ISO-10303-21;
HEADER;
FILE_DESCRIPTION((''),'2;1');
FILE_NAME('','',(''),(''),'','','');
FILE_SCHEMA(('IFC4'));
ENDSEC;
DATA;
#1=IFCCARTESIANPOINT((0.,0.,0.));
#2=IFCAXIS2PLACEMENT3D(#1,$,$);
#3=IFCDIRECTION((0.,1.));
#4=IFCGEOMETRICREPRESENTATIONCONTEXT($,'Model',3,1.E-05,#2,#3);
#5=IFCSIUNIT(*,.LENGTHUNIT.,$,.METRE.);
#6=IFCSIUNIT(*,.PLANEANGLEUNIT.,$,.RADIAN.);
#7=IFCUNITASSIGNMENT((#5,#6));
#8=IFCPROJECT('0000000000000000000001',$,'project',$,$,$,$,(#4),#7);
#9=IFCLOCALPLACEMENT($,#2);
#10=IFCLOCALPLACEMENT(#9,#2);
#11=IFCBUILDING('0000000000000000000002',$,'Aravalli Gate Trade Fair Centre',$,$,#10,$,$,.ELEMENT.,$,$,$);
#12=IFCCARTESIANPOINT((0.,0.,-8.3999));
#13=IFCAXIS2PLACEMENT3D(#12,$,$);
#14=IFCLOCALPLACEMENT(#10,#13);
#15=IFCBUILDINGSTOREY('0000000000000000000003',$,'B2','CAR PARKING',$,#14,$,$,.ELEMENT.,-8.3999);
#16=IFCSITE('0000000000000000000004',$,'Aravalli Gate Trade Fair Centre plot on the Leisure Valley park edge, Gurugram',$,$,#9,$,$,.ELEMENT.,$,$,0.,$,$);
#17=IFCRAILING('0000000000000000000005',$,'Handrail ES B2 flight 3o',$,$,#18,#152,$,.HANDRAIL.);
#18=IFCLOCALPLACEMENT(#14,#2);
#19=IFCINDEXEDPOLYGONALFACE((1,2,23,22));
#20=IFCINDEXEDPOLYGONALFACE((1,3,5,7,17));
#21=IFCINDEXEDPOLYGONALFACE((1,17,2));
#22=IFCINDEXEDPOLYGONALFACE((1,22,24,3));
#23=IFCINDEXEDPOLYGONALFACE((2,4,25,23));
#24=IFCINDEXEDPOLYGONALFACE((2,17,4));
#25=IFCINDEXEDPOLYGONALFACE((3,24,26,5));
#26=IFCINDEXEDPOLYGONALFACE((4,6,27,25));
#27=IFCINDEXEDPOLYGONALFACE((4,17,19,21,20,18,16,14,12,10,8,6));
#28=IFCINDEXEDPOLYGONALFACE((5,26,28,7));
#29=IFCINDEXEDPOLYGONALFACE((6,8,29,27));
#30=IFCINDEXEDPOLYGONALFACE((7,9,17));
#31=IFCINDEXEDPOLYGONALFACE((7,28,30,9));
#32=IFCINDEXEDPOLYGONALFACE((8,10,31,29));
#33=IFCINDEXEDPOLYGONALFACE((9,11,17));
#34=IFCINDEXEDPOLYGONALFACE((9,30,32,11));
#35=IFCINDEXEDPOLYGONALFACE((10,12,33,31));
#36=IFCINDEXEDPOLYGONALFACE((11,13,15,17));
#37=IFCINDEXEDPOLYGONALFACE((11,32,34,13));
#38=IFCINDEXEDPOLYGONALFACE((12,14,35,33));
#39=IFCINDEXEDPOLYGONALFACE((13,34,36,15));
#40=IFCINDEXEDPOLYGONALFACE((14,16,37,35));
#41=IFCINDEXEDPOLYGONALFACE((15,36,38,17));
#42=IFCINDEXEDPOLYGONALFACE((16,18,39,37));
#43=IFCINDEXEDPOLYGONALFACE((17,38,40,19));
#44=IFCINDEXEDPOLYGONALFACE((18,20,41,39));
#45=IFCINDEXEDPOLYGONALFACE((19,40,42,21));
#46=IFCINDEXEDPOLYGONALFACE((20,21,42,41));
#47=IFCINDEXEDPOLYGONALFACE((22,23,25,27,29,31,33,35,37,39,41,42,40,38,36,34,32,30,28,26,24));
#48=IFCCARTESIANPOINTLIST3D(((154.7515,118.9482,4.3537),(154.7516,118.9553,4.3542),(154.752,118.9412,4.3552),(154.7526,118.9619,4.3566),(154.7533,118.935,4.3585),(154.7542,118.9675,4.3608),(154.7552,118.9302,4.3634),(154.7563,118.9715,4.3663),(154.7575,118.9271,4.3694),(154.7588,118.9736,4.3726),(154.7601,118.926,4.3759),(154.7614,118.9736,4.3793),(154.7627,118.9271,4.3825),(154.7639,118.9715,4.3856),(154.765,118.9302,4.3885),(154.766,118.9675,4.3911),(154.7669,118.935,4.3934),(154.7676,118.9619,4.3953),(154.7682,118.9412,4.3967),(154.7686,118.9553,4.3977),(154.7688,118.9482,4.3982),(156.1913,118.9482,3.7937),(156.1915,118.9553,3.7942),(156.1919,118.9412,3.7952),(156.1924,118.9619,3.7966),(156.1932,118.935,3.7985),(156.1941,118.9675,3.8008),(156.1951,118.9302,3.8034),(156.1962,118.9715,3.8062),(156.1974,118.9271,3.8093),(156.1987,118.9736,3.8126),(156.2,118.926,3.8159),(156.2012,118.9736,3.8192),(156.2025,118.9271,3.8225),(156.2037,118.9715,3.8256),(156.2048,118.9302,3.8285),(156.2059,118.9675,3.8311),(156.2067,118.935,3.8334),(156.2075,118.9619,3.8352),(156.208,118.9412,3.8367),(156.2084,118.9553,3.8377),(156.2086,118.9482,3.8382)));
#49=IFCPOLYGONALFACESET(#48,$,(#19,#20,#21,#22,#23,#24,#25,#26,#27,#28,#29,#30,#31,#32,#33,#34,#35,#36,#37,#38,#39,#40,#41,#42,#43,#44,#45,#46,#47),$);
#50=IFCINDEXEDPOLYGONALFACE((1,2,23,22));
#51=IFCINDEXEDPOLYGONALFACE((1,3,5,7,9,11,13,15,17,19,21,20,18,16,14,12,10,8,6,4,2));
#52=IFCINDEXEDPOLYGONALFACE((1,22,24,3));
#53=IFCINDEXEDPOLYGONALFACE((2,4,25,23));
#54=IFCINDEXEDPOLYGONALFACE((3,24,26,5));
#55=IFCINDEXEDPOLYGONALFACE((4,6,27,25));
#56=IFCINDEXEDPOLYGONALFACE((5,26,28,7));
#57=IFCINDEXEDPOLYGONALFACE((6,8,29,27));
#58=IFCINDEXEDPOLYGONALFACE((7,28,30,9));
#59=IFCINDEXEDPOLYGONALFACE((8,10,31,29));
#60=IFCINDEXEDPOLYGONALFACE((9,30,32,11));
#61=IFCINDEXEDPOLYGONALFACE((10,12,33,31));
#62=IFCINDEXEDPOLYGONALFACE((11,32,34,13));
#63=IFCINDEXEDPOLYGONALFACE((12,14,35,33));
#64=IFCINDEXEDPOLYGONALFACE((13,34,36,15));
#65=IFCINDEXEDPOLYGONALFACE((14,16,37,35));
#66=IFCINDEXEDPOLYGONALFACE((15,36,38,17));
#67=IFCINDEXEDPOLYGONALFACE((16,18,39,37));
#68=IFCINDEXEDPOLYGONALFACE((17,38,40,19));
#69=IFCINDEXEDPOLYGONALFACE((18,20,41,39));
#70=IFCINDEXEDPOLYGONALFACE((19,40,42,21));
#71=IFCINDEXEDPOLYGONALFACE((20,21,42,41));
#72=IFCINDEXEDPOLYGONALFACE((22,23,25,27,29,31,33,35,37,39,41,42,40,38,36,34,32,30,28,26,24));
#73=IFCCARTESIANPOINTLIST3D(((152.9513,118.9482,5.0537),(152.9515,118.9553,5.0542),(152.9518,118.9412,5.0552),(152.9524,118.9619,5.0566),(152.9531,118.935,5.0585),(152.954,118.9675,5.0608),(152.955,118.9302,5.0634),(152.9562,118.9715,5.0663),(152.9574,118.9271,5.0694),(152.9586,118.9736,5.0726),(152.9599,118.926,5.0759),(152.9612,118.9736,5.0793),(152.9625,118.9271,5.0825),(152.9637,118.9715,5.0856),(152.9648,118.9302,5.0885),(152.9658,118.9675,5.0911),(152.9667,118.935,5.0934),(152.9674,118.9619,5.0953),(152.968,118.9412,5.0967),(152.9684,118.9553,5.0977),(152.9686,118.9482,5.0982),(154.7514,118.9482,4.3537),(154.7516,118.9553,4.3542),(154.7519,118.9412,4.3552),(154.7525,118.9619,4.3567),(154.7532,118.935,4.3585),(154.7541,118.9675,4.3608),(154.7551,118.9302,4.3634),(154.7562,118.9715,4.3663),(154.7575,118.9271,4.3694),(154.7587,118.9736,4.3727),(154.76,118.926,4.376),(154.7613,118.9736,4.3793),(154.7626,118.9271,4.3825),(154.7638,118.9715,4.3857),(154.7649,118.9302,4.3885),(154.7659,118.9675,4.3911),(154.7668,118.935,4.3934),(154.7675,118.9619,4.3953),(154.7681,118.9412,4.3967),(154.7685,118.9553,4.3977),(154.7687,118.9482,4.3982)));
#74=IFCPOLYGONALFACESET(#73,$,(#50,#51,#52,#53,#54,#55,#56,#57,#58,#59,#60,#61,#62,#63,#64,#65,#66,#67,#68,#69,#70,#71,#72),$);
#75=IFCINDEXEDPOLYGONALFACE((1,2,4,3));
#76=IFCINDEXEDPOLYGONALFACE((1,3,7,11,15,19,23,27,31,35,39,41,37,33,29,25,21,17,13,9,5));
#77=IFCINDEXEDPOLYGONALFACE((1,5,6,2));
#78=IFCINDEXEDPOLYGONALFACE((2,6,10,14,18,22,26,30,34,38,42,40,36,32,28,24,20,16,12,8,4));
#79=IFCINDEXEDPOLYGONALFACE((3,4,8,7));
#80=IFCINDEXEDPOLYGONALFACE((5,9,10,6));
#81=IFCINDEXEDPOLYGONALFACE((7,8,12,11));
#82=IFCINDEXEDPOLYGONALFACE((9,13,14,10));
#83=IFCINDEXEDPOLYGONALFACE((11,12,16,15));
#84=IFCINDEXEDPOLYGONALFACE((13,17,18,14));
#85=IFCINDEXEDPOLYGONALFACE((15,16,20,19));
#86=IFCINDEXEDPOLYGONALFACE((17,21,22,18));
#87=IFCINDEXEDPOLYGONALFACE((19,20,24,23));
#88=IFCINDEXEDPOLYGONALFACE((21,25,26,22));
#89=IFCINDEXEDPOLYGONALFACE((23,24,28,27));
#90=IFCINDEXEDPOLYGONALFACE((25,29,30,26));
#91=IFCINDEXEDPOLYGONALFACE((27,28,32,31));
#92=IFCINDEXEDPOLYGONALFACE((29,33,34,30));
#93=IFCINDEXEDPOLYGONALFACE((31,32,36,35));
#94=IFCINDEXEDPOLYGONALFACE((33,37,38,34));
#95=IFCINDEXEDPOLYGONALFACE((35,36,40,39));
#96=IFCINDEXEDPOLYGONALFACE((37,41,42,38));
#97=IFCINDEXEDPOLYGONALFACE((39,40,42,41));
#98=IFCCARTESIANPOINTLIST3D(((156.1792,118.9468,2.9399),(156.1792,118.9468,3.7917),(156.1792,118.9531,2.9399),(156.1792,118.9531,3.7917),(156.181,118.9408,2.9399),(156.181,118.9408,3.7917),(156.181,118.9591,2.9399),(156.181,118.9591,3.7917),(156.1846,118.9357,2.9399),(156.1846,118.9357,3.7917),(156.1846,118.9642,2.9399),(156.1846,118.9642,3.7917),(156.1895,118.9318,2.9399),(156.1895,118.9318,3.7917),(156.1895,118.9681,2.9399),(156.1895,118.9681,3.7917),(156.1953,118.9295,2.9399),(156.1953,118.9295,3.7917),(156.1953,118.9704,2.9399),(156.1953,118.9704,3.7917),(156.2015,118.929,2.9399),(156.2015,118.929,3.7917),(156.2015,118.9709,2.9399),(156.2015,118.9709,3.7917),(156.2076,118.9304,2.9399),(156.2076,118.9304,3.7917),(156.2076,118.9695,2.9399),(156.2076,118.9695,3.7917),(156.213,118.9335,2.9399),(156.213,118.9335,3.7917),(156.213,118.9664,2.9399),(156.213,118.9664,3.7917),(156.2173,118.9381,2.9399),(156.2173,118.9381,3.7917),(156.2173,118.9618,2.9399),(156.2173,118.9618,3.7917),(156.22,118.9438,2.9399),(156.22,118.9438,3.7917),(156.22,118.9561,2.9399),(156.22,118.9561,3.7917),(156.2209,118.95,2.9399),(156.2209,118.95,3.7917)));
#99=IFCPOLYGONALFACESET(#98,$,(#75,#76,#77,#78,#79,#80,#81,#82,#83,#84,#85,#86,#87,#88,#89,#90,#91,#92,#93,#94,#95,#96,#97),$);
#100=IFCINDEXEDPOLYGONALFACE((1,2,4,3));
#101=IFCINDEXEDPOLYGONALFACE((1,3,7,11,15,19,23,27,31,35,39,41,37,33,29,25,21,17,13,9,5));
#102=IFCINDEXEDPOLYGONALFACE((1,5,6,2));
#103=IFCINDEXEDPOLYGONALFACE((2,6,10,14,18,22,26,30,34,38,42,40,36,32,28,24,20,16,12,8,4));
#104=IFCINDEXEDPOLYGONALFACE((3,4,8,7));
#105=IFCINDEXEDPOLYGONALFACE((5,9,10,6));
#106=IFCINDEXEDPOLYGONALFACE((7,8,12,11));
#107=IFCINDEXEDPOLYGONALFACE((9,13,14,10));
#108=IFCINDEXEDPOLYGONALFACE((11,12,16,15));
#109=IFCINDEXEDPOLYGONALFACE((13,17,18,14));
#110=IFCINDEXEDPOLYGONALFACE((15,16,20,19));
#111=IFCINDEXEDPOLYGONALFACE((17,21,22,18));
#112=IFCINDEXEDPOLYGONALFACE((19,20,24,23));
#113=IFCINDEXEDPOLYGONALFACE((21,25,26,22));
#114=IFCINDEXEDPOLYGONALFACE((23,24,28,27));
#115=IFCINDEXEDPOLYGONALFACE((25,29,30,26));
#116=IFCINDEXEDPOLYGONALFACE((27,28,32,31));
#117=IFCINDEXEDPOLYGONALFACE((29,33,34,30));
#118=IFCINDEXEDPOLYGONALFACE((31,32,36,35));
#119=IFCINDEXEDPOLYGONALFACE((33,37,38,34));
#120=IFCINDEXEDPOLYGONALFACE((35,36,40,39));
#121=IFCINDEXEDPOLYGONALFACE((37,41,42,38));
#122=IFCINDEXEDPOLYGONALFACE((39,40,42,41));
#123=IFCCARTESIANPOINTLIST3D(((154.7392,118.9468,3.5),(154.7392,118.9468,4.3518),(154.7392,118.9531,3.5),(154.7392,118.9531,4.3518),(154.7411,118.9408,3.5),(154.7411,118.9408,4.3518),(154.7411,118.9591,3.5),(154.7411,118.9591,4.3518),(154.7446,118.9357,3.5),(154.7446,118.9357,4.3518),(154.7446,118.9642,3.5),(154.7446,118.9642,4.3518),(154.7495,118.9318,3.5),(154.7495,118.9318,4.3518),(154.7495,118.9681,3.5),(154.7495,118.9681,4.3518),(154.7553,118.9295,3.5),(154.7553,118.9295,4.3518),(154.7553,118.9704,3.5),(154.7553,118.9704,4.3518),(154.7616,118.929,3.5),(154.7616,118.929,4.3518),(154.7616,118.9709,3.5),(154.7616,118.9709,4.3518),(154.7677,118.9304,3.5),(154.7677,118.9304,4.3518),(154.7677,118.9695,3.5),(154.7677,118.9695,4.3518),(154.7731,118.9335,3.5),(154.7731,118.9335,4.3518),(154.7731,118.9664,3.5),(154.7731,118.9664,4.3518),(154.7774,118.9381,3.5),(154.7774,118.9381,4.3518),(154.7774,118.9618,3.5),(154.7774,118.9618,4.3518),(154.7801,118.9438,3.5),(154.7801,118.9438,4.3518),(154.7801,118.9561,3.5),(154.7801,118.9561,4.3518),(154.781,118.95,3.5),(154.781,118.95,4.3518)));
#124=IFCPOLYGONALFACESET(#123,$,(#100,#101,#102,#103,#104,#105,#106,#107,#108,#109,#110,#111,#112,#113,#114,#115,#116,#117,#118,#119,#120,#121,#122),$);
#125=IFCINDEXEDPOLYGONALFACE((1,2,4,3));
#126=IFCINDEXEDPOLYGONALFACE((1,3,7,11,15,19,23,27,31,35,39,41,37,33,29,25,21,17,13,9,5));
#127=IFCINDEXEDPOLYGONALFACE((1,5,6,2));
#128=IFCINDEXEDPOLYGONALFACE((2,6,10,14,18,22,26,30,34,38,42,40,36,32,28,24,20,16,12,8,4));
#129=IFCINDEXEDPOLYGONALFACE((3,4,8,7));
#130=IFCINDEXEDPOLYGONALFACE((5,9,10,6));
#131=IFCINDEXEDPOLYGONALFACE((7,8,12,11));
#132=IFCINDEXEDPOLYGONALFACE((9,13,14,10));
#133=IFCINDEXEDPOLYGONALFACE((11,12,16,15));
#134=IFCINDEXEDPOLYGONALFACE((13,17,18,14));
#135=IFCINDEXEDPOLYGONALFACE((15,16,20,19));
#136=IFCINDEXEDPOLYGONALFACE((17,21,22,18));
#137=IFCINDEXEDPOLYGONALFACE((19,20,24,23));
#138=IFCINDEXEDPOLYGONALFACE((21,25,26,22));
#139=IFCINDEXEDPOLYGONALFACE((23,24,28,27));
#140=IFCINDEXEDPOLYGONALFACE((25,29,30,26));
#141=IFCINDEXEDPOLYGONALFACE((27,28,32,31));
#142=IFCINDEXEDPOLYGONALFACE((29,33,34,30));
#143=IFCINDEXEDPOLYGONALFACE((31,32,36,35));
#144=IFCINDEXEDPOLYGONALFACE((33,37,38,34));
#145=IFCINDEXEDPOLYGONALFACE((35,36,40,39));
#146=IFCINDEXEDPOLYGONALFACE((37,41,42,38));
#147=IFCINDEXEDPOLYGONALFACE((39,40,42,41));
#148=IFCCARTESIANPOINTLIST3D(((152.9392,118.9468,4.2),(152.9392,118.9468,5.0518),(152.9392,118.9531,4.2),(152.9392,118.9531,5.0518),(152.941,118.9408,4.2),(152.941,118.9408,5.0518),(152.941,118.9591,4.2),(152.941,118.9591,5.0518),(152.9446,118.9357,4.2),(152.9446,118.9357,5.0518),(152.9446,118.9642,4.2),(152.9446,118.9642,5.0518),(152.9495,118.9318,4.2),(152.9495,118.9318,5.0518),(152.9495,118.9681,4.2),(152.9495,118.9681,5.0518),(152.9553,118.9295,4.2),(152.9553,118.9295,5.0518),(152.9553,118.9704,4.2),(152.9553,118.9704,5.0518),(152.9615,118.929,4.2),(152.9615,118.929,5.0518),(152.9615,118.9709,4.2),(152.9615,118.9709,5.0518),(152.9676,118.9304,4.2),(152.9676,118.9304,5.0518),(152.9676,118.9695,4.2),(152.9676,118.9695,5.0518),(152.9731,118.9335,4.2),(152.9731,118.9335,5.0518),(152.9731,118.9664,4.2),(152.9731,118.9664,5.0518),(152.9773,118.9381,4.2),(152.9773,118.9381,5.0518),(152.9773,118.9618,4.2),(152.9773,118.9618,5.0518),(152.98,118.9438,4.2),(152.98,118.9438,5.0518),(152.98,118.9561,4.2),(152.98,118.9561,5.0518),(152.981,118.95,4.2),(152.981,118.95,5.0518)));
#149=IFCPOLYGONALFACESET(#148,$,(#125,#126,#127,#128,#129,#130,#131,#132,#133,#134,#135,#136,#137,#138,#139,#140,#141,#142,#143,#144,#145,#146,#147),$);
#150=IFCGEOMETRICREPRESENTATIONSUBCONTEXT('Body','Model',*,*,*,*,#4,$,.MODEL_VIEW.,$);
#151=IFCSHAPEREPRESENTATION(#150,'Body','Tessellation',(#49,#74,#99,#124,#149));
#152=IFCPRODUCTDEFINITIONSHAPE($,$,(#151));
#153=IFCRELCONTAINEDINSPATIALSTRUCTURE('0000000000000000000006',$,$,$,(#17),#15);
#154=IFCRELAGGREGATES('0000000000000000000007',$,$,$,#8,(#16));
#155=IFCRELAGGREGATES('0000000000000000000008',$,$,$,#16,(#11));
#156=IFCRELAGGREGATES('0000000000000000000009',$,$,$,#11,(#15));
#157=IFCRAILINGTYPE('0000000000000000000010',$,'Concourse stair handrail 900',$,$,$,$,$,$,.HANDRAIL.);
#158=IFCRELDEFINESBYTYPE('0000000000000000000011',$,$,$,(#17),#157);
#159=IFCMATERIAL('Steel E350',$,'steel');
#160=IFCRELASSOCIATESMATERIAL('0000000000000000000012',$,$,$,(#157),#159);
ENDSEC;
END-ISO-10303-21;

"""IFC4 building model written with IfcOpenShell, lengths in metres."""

from ifc_helpers import new_model, si_unit, direction, frame, origin, origin_2d, place, context, subcontext, project, spatial, circle, extrude, material, type_object, element, save


model = new_model("IFC4")

# Units and contexts
model_context = context("Model", 3, precision=1e-05, world=origin(), true_north=direction((0.0, 1.0)))
body_context = subcontext(model_context, "Body", "Model", "MODEL_VIEW")
ifc_project = project(units=[si_unit("LENGTHUNIT", "METRE"), si_unit("PLANEANGLEUNIT", "RADIAN")], contexts=[model_context])

# Site, building, storey
site_placement = place(None, origin())
site = spatial("IfcSite", under=ifc_project, at=site_placement, Name="Aravalli Gate Trade Fair Centre plot on the Leisure Valley park edge, Gurugram", CompositionType="ELEMENT", RefElevation=0.0)
building_placement = place(site_placement, origin())
building = spatial("IfcBuilding", under=site, at=building_placement, Name="Aravalli Gate Trade Fair Centre", CompositionType="ELEMENT")
storey_placement = place(building_placement, frame((0.0, 0.0, -8.3999)))
storey = spatial("IfcBuildingStorey", under=building, at=storey_placement, Name="B2", Description="CAR PARKING", CompositionType="ELEMENT", Elevation=-8.3999)

# Shared definitions
ifc_material_1 = material(Name="Steel E350", Category="steel")

# Railing
railing_type = type_object("IfcRailingType", Name="Concourse stair handrail 900", PredefinedType="HANDRAIL", material=ifc_material_1)
for number, where, name in (
    (1, (156.2, 118.95, 2.9399), "Handrail ES B2 flight 3o"),
):
    element("IfcRailing", number, at=place(storey_placement, frame(where)), inside=storey, type_object=railing_type, Name=name, PredefinedType="HANDRAIL", context=body_context, shape_type="SweptSolid", body=[
        extrude(circle(Radius=0.0239, at=origin_2d()), frame((0.0, 0.0, 0.876), z_axis=(-0.931987, 0.0, 0.362492), x_axis=(0.0, -1.0, 0.0)), (0.0, 0.0, 1.0), 1.5449),
        extrude(circle(Radius=0.0239, at=origin_2d()), frame((-1.4399, 0.0, 1.436), z_axis=(-0.932017, 0.0, 0.362416), x_axis=(0.0, -1.0, 0.0)), (0.0, 0.0, 1.0), 1.9314),
        extrude(circle(Radius=0.021, at=origin_2d()), origin(), (0.0, 0.0, 1.0), 0.8518),
        extrude(circle(Radius=0.021, at=origin_2d()), frame((-1.4399, 0.0, 0.5601)), (0.0, 0.0, 1.0), 0.8518),
        extrude(circle(Radius=0.021, at=origin_2d()), frame((-3.24, 0.0, 1.26)), (0.0, 0.0, 1.0), 0.8518),
    ])

save(model, "model.ifc")
